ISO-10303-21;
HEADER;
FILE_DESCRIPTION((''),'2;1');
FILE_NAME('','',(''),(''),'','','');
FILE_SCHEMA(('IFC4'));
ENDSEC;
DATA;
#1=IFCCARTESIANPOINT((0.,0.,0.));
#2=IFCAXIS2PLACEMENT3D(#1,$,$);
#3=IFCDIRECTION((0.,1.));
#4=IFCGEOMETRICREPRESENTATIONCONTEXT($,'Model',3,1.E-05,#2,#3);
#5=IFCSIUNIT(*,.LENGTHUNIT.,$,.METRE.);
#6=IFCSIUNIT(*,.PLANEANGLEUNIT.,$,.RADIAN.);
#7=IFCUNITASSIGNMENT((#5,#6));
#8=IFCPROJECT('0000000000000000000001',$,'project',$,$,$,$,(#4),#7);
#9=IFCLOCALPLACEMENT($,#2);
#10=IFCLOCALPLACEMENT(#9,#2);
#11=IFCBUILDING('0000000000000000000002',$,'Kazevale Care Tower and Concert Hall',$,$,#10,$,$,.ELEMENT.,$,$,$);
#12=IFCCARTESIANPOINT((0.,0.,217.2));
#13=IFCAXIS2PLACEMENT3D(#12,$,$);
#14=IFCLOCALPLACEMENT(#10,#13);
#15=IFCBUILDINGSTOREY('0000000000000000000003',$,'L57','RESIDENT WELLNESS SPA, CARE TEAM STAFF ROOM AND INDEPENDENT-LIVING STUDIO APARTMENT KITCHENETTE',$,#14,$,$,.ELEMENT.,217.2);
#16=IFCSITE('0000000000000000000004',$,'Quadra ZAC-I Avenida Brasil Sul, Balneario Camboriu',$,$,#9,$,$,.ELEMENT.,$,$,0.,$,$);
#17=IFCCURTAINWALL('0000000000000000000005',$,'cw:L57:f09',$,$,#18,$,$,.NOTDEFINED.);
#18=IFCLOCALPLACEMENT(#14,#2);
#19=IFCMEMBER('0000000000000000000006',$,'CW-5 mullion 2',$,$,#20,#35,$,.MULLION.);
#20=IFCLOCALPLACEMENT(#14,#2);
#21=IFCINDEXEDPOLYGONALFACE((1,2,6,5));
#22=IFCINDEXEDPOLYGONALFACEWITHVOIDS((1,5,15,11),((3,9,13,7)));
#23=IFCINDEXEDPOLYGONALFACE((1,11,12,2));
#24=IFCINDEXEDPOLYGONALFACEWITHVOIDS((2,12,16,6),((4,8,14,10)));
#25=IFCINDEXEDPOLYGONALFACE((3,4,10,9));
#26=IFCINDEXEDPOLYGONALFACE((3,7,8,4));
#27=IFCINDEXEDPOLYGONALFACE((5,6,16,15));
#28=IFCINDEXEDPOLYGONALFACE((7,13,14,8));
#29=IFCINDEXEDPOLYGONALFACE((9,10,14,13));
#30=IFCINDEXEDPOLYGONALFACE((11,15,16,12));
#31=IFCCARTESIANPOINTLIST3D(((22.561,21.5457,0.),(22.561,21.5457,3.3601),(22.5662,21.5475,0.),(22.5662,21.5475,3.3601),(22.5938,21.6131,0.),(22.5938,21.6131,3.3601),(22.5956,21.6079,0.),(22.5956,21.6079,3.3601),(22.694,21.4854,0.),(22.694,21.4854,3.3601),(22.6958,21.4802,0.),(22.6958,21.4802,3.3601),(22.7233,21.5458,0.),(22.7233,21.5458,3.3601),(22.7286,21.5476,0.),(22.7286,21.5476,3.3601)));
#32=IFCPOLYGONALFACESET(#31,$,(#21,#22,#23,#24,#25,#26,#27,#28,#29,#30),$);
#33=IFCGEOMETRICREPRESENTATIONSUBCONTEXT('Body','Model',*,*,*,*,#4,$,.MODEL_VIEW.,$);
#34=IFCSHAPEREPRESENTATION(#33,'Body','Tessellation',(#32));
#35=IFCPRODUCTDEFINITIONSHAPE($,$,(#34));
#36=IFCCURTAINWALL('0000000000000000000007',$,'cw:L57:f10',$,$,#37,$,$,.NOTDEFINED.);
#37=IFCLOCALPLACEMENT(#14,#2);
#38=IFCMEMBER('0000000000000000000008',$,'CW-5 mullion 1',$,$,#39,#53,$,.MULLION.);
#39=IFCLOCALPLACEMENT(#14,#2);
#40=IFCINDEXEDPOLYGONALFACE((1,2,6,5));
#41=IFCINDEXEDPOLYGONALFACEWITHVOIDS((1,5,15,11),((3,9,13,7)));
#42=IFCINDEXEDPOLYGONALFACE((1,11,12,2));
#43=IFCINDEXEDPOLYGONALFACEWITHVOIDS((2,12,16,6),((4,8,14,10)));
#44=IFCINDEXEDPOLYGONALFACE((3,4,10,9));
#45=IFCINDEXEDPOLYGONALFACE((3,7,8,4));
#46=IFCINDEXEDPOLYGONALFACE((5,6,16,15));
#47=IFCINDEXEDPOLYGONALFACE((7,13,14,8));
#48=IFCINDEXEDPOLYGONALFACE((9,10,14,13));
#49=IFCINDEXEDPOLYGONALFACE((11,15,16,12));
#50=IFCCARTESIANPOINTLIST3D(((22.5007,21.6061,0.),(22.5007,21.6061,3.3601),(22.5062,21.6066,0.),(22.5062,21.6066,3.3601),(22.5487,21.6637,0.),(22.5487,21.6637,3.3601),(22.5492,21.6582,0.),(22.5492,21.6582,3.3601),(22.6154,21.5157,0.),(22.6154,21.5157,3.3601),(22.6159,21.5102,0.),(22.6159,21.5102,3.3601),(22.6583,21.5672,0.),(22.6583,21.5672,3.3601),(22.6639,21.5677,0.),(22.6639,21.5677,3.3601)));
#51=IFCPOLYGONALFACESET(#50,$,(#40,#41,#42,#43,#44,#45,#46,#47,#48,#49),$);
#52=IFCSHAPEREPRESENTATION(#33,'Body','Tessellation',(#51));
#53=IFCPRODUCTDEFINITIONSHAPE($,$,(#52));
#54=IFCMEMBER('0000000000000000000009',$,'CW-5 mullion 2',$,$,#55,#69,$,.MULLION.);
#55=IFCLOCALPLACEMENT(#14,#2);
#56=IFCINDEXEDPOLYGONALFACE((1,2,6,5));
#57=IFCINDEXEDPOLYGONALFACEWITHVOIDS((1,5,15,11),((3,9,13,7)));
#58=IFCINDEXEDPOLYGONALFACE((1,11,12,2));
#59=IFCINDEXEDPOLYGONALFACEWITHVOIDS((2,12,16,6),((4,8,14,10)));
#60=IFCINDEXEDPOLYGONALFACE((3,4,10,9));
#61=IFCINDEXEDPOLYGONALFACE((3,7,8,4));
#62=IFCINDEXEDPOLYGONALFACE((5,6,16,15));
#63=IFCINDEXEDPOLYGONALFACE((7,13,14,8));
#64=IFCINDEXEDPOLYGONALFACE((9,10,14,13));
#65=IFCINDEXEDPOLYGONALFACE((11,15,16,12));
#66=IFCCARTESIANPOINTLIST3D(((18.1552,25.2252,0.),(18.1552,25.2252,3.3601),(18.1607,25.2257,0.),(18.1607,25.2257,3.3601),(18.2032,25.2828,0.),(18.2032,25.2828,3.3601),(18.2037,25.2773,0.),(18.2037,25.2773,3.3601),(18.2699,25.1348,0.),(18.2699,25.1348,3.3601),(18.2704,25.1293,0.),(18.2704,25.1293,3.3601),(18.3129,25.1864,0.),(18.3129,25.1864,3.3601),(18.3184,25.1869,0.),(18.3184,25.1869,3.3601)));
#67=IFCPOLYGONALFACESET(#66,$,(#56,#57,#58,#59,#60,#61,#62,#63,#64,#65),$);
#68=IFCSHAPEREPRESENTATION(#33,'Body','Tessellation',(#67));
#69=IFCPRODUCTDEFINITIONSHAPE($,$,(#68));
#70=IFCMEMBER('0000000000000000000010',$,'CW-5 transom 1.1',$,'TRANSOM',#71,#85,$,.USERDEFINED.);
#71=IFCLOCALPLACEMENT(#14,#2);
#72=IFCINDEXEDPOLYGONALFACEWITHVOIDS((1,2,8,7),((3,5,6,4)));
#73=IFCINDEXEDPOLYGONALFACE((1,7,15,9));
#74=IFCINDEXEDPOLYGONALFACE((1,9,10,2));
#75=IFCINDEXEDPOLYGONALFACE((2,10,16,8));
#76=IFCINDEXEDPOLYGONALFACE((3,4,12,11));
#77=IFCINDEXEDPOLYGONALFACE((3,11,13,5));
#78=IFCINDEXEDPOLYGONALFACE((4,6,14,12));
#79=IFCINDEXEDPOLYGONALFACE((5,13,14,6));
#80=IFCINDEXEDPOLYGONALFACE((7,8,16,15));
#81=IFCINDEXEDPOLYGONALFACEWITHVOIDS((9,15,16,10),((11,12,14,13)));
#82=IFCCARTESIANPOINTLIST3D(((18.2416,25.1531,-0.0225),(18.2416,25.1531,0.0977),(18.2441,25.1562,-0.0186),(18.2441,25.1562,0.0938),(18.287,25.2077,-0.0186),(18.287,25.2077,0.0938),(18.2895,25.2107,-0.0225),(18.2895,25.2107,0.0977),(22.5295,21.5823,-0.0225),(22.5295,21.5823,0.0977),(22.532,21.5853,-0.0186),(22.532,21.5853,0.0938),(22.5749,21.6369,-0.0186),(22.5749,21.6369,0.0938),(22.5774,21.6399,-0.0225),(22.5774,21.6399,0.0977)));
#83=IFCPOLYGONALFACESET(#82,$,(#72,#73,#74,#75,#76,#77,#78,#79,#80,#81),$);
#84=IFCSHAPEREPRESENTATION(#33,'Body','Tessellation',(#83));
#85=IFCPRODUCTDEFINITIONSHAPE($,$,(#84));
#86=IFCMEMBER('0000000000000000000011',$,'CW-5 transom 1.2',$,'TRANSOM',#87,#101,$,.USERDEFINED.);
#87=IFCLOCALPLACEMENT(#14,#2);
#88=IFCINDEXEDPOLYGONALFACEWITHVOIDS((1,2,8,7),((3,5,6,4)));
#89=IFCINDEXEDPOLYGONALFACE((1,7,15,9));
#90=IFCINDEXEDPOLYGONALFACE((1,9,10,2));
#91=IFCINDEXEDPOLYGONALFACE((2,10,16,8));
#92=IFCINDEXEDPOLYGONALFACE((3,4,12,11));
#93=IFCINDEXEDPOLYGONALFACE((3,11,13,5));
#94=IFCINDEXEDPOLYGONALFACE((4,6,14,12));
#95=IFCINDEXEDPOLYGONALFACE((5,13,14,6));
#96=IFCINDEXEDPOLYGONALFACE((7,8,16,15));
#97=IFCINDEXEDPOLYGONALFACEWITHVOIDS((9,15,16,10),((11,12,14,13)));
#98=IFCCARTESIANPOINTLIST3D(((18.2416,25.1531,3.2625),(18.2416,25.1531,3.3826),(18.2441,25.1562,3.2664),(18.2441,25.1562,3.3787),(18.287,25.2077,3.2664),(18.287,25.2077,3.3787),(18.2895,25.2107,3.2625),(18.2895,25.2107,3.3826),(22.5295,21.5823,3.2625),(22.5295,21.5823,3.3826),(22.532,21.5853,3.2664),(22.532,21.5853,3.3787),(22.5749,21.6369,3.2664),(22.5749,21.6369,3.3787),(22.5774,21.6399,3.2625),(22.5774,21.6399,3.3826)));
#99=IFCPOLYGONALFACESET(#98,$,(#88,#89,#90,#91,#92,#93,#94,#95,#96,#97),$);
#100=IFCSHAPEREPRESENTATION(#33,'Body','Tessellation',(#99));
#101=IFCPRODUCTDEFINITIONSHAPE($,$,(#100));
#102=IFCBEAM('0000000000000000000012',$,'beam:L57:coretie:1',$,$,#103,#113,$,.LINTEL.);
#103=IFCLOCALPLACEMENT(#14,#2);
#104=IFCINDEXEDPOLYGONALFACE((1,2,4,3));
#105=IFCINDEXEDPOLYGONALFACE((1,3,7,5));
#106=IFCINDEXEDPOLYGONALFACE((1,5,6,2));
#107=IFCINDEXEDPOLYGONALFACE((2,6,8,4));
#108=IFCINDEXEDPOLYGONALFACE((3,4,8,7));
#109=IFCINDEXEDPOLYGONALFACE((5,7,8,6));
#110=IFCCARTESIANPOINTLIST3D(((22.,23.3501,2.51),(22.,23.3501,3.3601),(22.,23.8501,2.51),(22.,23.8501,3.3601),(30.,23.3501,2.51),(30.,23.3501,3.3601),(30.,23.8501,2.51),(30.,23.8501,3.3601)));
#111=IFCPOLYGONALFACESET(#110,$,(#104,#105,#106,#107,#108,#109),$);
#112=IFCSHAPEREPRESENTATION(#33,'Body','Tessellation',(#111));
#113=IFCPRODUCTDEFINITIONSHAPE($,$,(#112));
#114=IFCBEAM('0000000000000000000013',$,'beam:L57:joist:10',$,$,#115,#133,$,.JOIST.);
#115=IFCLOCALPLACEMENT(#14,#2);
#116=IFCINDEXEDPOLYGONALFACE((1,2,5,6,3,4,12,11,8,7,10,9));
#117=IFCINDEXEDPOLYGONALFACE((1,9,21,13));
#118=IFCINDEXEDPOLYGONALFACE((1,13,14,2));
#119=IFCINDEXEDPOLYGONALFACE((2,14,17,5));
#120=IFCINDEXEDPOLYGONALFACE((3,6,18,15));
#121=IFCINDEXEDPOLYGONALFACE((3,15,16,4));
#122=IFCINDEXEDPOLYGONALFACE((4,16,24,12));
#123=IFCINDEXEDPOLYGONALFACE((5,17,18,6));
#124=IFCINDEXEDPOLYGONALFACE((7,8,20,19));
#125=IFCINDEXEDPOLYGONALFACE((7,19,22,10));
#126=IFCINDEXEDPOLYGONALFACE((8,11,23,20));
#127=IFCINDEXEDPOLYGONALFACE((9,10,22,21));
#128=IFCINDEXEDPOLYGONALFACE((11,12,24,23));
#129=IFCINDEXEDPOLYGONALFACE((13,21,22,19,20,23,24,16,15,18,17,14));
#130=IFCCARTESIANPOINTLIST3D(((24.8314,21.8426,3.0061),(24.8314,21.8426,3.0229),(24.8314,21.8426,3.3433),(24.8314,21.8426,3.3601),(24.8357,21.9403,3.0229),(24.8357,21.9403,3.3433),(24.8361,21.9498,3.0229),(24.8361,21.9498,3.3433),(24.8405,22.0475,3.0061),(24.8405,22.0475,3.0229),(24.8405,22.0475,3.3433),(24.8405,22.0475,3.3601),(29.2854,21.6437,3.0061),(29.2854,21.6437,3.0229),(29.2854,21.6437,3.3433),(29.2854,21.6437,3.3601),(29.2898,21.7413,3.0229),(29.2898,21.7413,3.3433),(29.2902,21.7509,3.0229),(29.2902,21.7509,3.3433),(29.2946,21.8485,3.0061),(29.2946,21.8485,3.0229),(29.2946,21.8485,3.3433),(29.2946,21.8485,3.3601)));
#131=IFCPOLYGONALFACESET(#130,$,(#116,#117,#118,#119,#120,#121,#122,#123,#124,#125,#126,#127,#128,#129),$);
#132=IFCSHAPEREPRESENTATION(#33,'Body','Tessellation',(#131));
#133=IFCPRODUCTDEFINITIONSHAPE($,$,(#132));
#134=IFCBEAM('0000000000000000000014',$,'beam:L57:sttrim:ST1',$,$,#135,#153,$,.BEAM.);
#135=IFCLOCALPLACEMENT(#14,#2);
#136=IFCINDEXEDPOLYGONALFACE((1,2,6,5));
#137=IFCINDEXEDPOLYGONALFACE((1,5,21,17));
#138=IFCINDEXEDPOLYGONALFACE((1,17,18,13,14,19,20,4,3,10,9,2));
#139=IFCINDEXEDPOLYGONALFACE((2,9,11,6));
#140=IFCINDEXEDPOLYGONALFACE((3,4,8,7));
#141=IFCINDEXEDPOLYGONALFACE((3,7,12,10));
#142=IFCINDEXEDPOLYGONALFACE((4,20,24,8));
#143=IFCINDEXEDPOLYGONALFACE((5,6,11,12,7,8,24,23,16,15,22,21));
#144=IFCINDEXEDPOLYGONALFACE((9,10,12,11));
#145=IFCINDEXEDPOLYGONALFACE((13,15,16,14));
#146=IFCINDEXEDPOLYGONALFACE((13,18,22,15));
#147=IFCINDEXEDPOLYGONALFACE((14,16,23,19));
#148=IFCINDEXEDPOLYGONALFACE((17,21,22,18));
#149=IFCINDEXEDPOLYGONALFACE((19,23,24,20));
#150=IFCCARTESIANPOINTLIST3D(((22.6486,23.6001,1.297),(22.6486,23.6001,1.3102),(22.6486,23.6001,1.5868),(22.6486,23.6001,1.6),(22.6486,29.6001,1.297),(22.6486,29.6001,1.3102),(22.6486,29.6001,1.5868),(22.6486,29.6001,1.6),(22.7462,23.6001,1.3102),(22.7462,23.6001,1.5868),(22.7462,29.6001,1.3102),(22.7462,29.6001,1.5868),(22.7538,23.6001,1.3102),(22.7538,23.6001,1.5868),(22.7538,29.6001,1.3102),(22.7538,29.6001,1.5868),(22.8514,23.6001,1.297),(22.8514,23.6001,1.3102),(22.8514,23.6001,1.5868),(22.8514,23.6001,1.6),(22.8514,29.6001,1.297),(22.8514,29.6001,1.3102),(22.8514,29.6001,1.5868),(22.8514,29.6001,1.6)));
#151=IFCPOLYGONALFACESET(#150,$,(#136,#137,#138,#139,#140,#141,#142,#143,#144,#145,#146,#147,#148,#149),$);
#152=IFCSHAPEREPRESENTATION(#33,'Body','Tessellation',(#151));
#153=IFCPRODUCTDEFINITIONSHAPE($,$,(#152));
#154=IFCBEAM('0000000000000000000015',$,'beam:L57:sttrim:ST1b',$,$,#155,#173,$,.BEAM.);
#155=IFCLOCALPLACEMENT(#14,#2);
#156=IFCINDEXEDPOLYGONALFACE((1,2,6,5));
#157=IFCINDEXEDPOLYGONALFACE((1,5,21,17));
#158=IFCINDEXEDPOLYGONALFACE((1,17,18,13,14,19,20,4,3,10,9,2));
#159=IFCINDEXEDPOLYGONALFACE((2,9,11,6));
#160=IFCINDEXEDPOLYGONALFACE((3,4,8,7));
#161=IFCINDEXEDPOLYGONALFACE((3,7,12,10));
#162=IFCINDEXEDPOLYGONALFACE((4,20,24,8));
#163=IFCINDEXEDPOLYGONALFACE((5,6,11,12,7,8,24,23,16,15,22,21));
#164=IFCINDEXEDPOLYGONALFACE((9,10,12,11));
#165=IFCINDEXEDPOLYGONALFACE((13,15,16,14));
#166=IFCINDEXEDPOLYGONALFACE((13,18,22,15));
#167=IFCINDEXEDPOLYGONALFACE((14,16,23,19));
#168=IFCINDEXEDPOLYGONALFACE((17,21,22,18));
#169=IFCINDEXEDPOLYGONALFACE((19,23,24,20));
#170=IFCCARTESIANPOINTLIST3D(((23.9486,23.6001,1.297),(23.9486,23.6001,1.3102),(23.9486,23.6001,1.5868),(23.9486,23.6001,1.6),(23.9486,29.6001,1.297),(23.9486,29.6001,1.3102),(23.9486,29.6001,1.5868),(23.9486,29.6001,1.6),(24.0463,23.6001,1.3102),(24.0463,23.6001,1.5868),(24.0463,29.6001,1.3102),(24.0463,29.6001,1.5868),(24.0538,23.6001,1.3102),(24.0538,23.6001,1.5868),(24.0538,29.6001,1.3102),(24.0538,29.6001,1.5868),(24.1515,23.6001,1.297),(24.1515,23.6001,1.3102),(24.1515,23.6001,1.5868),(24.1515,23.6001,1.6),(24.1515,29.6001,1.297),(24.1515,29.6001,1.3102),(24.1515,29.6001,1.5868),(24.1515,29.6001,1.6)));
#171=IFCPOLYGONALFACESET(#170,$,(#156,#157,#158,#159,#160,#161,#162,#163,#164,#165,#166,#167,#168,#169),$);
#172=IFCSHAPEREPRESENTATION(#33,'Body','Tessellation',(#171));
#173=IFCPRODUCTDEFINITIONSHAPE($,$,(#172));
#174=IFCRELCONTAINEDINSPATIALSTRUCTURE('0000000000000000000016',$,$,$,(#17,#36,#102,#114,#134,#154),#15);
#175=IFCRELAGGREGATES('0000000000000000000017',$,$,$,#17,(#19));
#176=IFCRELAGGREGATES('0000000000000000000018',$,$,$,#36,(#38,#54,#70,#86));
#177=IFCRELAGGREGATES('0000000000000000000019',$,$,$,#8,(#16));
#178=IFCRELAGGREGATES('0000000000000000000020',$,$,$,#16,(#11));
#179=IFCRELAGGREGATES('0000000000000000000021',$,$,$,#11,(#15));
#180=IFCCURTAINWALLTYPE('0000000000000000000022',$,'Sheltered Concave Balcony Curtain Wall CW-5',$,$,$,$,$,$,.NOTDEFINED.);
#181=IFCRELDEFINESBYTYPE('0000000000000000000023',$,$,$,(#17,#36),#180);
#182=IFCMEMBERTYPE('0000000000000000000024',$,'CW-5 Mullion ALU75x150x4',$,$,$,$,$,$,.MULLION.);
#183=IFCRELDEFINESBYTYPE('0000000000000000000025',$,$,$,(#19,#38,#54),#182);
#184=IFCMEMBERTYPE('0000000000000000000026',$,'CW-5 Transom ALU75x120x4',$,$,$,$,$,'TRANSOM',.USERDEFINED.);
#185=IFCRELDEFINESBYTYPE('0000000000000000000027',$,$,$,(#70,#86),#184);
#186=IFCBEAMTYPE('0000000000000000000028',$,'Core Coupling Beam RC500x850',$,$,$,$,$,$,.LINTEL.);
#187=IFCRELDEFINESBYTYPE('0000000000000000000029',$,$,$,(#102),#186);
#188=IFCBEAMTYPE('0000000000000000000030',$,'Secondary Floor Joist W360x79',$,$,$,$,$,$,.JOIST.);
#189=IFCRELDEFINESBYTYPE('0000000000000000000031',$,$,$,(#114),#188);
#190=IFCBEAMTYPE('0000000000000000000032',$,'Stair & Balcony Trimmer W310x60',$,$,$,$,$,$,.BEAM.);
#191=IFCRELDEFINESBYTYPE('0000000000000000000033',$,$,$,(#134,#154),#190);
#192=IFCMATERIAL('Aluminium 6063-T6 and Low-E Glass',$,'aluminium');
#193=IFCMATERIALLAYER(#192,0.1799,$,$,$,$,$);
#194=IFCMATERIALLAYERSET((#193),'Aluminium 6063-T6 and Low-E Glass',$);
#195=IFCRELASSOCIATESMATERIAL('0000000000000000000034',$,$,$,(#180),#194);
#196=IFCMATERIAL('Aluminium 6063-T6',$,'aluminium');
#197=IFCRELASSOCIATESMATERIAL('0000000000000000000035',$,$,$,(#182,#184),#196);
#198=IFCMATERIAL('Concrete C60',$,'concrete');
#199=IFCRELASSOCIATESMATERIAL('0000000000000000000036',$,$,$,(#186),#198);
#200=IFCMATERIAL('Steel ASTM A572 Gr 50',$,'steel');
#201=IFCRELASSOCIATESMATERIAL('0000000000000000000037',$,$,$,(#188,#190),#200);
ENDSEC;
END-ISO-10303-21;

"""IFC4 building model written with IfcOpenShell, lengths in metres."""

from ifc_helpers import new_model, si_unit, direction, frame, origin, origin_2d, place, context, subcontext, project, spatial, rectangle, hollow_rectangle, i_section, extrude, material, layer, layer_set, material_profile, profile_set, type_object, element, aggregate, save


model = new_model("IFC4")

# Units and contexts
model_context = context("Model", 3, precision=1e-05, world=origin(), true_north=direction((0.0, 1.0)))
body_context = subcontext(model_context, "Body", "Model", "MODEL_VIEW")
ifc_project = project(units=[si_unit("LENGTHUNIT", "METRE"), si_unit("PLANEANGLEUNIT", "RADIAN")], contexts=[model_context])

# Site, building, storey
site_placement = place(None, origin())
site = spatial("IfcSite", under=ifc_project, at=site_placement, Name="Quadra ZAC-I Avenida Brasil Sul, Balneario Camboriu", CompositionType="ELEMENT", RefElevation=0.0)
building_placement = place(site_placement, origin())
building = spatial("IfcBuilding", under=site, at=building_placement, Name="Kazevale Care Tower and Concert Hall", CompositionType="ELEMENT")
storey_placement = place(building_placement, frame((0.0, 0.0, 217.2)))
storey = spatial("IfcBuildingStorey", under=building, at=storey_placement, Name="L57", Description="RESIDENT WELLNESS SPA, CARE TEAM STAFF ROOM AND INDEPENDENT-LIVING STUDIO APARTMENT KITCHENETTE", CompositionType="ELEMENT", Elevation=217.2)

# Shared definitions
ifc_material_1 = material(Name="Aluminium 6063-T6 and Low-E Glass", Category="aluminium")
ifc_material_2 = material(Name="Aluminium 6063-T6", Category="aluminium")

# Curtain wall, member
ifc_layer_1 = layer(ifc_material_1, 0.1799)
ifc_layer_set_1 = layer_set([ifc_layer_1], Name="Aluminium 6063-T6 and Low-E Glass")
curtain_wall_type_1 = type_object("IfcCurtainWallType", Name="Sheltered Concave Balcony Curtain Wall CW-5", PredefinedType="NOTDEFINED", material=ifc_layer_set_1)
curtain_wall_1_placement = place(storey_placement, origin())
curtain_wall_1 = element("IfcCurtainWall", 1, at=curtain_wall_1_placement, inside=storey, type_object=curtain_wall_type_1, Name="cw:L57:f09", PredefinedType="NOTDEFINED")
ifc_material_profile_1 = material_profile(ifc_material_2, hollow_rectangle(XDim=0.075, YDim=0.1499, WallThickness=0.0039, at=origin_2d()), Name="ALU75x150x4")
ifc_profile_set_1 = profile_set([ifc_material_profile_1], Name="Aluminium 6063-T6")
member_type_1 = type_object("IfcMemberType", Name="CW-5 Mullion ALU75x150x4", PredefinedType="MULLION", material=ifc_profile_set_1)
member_1_placement = place(storey_placement, frame((22.6448, 21.5466, 0.0), z_axis=(0.0, 0.0, 1.0), x_axis=(-0.437238, -0.899346, 0.0)))
member_1 = element("IfcMember", 2, at=member_1_placement, type_object=member_type_1, Name="CW-5 mullion 2", PredefinedType="MULLION", context=body_context, shape_type="SweptSolid", body=[
    extrude(hollow_rectangle(XDim=0.075, YDim=0.1499, WallThickness=0.0039, at=origin_2d()), origin(), (0.0, 0.0, 1.0), 3.3601),
])
aggregate(curtain_wall_1, [member_1])

# Curtain wall, members
curtain_wall_2_placement = place(storey_placement, origin())
curtain_wall_2 = element("IfcCurtainWall", 3, at=curtain_wall_2_placement, inside=storey, type_object=curtain_wall_type_1, Name="cw:L57:f10", PredefinedType="NOTDEFINED")
member_2_placement = place(storey_placement, frame((22.5823, 21.5869, 0.0), z_axis=(0.0, 0.0, 1.0), x_axis=(-0.639961, -0.768407, 0.0)))
member_2 = element("IfcMember", 4, at=member_2_placement, type_object=member_type_1, Name="CW-5 mullion 1", PredefinedType="MULLION", context=body_context, shape_type="SweptSolid", body=[
    extrude(hollow_rectangle(XDim=0.075, YDim=0.1499, WallThickness=0.0039, at=origin_2d()), origin(), (0.0, 0.0, 1.0), 3.3601),
])
member_3_placement = place(storey_placement, frame((18.2368, 25.2061, 0.0), z_axis=(0.0, 0.0, 1.0), x_axis=(-0.639961, -0.768407, 0.0)))
member_3 = element("IfcMember", 5, at=member_3_placement, type_object=member_type_1, Name="CW-5 mullion 2", PredefinedType="MULLION", context=body_context, shape_type="SweptSolid", body=[
    extrude(hollow_rectangle(XDim=0.075, YDim=0.1499, WallThickness=0.0039, at=origin_2d()), origin(), (0.0, 0.0, 1.0), 3.3601),
])
ifc_material_profile_2 = material_profile(ifc_material_2, hollow_rectangle(XDim=0.075, YDim=0.1201, WallThickness=0.0039, at=origin_2d()), Name="ALU75x120x4")
ifc_profile_set_2 = profile_set([ifc_material_profile_2], Name="Aluminium 6063-T6")
member_type_2 = type_object("IfcMemberType", Name="CW-5 Transom ALU75x120x4", ElementType="TRANSOM", PredefinedType="USERDEFINED", material=ifc_profile_set_2)
member_4_placement = place(storey_placement, frame((22.5535, 21.6111, 0.0376), z_axis=(-0.768433, 0.63993, 0.0), x_axis=(-0.63993, -0.768433, 0.0)))
member_4 = element("IfcMember", 6, at=member_4_placement, type_object=member_type_2, Name="CW-5 transom 1.1", ObjectType="TRANSOM", PredefinedType="USERDEFINED", context=body_context, shape_type="SweptSolid", body=[
    extrude(hollow_rectangle(XDim=0.075, YDim=0.1201, WallThickness=0.0039, at=origin_2d()), origin(), (0.0, 0.0, 1.0), 5.5801),
])
member_5_placement = place(storey_placement, frame((22.5535, 21.6111, 3.3225), z_axis=(-0.768433, 0.63993, 0.0), x_axis=(-0.63993, -0.768433, 0.0)))
member_5 = element("IfcMember", 7, at=member_5_placement, type_object=member_type_2, Name="CW-5 transom 1.2", ObjectType="TRANSOM", PredefinedType="USERDEFINED", context=body_context, shape_type="SweptSolid", body=[
    extrude(hollow_rectangle(XDim=0.075, YDim=0.1201, WallThickness=0.0039, at=origin_2d()), origin(), (0.0, 0.0, 1.0), 5.5801),
])

# Beams
ifc_material_3 = material(Name="Concrete C60", Category="concrete")
ifc_material_profile_3 = material_profile(ifc_material_3, rectangle(XDim=0.5, YDim=0.8501, at=origin_2d()), Name="RC-B500x850")
ifc_profile_set_3 = profile_set([ifc_material_profile_3], Name="Concrete C60")
beam_type_1 = type_object("IfcBeamType", Name="Core Coupling Beam RC500x850", PredefinedType="LINTEL", material=ifc_profile_set_3)
beam_1_placement = place(storey_placement, frame((22.0, 23.6001, 2.9351), z_axis=(1.0, 0.0, 0.0), x_axis=(0.0, 1.0, 0.0)))
element("IfcBeam", 8, at=beam_1_placement, inside=storey, type_object=beam_type_1, Name="beam:L57:coretie:1", PredefinedType="LINTEL", context=body_context, shape_type="SweptSolid", body=[
    extrude(rectangle(XDim=0.5, YDim=0.8501, at=origin_2d()), origin(), (0.0, 0.0, 1.0), 8.0),
])
ifc_material_4 = material(Name="Steel ASTM A572 Gr 50", Category="steel")
ifc_material_profile_4 = material_profile(ifc_material_4, i_section(OverallWidth=0.2051, OverallDepth=0.354, WebThickness=0.0095, FlangeThickness=0.0168, at=origin_2d()), Name="W360x79")
ifc_profile_set_4 = profile_set([ifc_material_profile_4], Name="Steel ASTM A572 Gr 50")
beam_type_2 = type_object("IfcBeamType", Name="Secondary Floor Joist W360x79", PredefinedType="JOIST", material=ifc_profile_set_4)
beam_2_placement = place(storey_placement, frame((24.8359, 21.9451, 3.1831), z_axis=(0.999004, -0.044628, 0.0), x_axis=(0.044628, 0.999004, 0.0)))
element("IfcBeam", 9, at=beam_2_placement, inside=storey, type_object=beam_type_2, Name="beam:L57:joist:10", PredefinedType="JOIST", context=body_context, shape_type="SweptSolid", body=[
    extrude(i_section(OverallWidth=0.2051, OverallDepth=0.354, WebThickness=0.0095, FlangeThickness=0.0168, at=origin_2d()), origin(), (0.0, 0.0, 1.0), 4.4585),
])
ifc_material_profile_5 = material_profile(ifc_material_4, i_section(OverallWidth=0.2029, OverallDepth=0.303, WebThickness=0.0076, FlangeThickness=0.0132, at=origin_2d()), Name="W310x60")
ifc_profile_set_5 = profile_set([ifc_material_profile_5], Name="Steel ASTM A572 Gr 50")
beam_type_3 = type_object("IfcBeamType", Name="Stair & Balcony Trimmer W310x60", PredefinedType="BEAM", material=ifc_profile_set_5)
for number, where, z_axis, x_axis, name in (
    (10, (22.75, 23.6001, 1.4485), (0.0, 1.0, 0.0), (-1.0, 0.0, 0.0), "beam:L57:sttrim:ST1"),
    (11, (24.05, 23.6001, 1.4485), (0.0, 1.0, 0.0), (-1.0, 0.0, 0.0), "beam:L57:sttrim:ST1b"),
):
    element("IfcBeam", number, at=place(storey_placement, frame(where, z_axis=z_axis, x_axis=x_axis)), inside=storey, type_object=beam_type_3, Name=name, PredefinedType="BEAM", context=body_context, shape_type="SweptSolid", body=[
        extrude(i_section(OverallWidth=0.2029, OverallDepth=0.303, WebThickness=0.0076, FlangeThickness=0.0132, at=origin_2d()), origin(), (0.0, 0.0, 1.0), 6.0),
    ])

aggregate(curtain_wall_2, [member_2, member_3, member_4, member_5])

save(model, "model.ifc")
